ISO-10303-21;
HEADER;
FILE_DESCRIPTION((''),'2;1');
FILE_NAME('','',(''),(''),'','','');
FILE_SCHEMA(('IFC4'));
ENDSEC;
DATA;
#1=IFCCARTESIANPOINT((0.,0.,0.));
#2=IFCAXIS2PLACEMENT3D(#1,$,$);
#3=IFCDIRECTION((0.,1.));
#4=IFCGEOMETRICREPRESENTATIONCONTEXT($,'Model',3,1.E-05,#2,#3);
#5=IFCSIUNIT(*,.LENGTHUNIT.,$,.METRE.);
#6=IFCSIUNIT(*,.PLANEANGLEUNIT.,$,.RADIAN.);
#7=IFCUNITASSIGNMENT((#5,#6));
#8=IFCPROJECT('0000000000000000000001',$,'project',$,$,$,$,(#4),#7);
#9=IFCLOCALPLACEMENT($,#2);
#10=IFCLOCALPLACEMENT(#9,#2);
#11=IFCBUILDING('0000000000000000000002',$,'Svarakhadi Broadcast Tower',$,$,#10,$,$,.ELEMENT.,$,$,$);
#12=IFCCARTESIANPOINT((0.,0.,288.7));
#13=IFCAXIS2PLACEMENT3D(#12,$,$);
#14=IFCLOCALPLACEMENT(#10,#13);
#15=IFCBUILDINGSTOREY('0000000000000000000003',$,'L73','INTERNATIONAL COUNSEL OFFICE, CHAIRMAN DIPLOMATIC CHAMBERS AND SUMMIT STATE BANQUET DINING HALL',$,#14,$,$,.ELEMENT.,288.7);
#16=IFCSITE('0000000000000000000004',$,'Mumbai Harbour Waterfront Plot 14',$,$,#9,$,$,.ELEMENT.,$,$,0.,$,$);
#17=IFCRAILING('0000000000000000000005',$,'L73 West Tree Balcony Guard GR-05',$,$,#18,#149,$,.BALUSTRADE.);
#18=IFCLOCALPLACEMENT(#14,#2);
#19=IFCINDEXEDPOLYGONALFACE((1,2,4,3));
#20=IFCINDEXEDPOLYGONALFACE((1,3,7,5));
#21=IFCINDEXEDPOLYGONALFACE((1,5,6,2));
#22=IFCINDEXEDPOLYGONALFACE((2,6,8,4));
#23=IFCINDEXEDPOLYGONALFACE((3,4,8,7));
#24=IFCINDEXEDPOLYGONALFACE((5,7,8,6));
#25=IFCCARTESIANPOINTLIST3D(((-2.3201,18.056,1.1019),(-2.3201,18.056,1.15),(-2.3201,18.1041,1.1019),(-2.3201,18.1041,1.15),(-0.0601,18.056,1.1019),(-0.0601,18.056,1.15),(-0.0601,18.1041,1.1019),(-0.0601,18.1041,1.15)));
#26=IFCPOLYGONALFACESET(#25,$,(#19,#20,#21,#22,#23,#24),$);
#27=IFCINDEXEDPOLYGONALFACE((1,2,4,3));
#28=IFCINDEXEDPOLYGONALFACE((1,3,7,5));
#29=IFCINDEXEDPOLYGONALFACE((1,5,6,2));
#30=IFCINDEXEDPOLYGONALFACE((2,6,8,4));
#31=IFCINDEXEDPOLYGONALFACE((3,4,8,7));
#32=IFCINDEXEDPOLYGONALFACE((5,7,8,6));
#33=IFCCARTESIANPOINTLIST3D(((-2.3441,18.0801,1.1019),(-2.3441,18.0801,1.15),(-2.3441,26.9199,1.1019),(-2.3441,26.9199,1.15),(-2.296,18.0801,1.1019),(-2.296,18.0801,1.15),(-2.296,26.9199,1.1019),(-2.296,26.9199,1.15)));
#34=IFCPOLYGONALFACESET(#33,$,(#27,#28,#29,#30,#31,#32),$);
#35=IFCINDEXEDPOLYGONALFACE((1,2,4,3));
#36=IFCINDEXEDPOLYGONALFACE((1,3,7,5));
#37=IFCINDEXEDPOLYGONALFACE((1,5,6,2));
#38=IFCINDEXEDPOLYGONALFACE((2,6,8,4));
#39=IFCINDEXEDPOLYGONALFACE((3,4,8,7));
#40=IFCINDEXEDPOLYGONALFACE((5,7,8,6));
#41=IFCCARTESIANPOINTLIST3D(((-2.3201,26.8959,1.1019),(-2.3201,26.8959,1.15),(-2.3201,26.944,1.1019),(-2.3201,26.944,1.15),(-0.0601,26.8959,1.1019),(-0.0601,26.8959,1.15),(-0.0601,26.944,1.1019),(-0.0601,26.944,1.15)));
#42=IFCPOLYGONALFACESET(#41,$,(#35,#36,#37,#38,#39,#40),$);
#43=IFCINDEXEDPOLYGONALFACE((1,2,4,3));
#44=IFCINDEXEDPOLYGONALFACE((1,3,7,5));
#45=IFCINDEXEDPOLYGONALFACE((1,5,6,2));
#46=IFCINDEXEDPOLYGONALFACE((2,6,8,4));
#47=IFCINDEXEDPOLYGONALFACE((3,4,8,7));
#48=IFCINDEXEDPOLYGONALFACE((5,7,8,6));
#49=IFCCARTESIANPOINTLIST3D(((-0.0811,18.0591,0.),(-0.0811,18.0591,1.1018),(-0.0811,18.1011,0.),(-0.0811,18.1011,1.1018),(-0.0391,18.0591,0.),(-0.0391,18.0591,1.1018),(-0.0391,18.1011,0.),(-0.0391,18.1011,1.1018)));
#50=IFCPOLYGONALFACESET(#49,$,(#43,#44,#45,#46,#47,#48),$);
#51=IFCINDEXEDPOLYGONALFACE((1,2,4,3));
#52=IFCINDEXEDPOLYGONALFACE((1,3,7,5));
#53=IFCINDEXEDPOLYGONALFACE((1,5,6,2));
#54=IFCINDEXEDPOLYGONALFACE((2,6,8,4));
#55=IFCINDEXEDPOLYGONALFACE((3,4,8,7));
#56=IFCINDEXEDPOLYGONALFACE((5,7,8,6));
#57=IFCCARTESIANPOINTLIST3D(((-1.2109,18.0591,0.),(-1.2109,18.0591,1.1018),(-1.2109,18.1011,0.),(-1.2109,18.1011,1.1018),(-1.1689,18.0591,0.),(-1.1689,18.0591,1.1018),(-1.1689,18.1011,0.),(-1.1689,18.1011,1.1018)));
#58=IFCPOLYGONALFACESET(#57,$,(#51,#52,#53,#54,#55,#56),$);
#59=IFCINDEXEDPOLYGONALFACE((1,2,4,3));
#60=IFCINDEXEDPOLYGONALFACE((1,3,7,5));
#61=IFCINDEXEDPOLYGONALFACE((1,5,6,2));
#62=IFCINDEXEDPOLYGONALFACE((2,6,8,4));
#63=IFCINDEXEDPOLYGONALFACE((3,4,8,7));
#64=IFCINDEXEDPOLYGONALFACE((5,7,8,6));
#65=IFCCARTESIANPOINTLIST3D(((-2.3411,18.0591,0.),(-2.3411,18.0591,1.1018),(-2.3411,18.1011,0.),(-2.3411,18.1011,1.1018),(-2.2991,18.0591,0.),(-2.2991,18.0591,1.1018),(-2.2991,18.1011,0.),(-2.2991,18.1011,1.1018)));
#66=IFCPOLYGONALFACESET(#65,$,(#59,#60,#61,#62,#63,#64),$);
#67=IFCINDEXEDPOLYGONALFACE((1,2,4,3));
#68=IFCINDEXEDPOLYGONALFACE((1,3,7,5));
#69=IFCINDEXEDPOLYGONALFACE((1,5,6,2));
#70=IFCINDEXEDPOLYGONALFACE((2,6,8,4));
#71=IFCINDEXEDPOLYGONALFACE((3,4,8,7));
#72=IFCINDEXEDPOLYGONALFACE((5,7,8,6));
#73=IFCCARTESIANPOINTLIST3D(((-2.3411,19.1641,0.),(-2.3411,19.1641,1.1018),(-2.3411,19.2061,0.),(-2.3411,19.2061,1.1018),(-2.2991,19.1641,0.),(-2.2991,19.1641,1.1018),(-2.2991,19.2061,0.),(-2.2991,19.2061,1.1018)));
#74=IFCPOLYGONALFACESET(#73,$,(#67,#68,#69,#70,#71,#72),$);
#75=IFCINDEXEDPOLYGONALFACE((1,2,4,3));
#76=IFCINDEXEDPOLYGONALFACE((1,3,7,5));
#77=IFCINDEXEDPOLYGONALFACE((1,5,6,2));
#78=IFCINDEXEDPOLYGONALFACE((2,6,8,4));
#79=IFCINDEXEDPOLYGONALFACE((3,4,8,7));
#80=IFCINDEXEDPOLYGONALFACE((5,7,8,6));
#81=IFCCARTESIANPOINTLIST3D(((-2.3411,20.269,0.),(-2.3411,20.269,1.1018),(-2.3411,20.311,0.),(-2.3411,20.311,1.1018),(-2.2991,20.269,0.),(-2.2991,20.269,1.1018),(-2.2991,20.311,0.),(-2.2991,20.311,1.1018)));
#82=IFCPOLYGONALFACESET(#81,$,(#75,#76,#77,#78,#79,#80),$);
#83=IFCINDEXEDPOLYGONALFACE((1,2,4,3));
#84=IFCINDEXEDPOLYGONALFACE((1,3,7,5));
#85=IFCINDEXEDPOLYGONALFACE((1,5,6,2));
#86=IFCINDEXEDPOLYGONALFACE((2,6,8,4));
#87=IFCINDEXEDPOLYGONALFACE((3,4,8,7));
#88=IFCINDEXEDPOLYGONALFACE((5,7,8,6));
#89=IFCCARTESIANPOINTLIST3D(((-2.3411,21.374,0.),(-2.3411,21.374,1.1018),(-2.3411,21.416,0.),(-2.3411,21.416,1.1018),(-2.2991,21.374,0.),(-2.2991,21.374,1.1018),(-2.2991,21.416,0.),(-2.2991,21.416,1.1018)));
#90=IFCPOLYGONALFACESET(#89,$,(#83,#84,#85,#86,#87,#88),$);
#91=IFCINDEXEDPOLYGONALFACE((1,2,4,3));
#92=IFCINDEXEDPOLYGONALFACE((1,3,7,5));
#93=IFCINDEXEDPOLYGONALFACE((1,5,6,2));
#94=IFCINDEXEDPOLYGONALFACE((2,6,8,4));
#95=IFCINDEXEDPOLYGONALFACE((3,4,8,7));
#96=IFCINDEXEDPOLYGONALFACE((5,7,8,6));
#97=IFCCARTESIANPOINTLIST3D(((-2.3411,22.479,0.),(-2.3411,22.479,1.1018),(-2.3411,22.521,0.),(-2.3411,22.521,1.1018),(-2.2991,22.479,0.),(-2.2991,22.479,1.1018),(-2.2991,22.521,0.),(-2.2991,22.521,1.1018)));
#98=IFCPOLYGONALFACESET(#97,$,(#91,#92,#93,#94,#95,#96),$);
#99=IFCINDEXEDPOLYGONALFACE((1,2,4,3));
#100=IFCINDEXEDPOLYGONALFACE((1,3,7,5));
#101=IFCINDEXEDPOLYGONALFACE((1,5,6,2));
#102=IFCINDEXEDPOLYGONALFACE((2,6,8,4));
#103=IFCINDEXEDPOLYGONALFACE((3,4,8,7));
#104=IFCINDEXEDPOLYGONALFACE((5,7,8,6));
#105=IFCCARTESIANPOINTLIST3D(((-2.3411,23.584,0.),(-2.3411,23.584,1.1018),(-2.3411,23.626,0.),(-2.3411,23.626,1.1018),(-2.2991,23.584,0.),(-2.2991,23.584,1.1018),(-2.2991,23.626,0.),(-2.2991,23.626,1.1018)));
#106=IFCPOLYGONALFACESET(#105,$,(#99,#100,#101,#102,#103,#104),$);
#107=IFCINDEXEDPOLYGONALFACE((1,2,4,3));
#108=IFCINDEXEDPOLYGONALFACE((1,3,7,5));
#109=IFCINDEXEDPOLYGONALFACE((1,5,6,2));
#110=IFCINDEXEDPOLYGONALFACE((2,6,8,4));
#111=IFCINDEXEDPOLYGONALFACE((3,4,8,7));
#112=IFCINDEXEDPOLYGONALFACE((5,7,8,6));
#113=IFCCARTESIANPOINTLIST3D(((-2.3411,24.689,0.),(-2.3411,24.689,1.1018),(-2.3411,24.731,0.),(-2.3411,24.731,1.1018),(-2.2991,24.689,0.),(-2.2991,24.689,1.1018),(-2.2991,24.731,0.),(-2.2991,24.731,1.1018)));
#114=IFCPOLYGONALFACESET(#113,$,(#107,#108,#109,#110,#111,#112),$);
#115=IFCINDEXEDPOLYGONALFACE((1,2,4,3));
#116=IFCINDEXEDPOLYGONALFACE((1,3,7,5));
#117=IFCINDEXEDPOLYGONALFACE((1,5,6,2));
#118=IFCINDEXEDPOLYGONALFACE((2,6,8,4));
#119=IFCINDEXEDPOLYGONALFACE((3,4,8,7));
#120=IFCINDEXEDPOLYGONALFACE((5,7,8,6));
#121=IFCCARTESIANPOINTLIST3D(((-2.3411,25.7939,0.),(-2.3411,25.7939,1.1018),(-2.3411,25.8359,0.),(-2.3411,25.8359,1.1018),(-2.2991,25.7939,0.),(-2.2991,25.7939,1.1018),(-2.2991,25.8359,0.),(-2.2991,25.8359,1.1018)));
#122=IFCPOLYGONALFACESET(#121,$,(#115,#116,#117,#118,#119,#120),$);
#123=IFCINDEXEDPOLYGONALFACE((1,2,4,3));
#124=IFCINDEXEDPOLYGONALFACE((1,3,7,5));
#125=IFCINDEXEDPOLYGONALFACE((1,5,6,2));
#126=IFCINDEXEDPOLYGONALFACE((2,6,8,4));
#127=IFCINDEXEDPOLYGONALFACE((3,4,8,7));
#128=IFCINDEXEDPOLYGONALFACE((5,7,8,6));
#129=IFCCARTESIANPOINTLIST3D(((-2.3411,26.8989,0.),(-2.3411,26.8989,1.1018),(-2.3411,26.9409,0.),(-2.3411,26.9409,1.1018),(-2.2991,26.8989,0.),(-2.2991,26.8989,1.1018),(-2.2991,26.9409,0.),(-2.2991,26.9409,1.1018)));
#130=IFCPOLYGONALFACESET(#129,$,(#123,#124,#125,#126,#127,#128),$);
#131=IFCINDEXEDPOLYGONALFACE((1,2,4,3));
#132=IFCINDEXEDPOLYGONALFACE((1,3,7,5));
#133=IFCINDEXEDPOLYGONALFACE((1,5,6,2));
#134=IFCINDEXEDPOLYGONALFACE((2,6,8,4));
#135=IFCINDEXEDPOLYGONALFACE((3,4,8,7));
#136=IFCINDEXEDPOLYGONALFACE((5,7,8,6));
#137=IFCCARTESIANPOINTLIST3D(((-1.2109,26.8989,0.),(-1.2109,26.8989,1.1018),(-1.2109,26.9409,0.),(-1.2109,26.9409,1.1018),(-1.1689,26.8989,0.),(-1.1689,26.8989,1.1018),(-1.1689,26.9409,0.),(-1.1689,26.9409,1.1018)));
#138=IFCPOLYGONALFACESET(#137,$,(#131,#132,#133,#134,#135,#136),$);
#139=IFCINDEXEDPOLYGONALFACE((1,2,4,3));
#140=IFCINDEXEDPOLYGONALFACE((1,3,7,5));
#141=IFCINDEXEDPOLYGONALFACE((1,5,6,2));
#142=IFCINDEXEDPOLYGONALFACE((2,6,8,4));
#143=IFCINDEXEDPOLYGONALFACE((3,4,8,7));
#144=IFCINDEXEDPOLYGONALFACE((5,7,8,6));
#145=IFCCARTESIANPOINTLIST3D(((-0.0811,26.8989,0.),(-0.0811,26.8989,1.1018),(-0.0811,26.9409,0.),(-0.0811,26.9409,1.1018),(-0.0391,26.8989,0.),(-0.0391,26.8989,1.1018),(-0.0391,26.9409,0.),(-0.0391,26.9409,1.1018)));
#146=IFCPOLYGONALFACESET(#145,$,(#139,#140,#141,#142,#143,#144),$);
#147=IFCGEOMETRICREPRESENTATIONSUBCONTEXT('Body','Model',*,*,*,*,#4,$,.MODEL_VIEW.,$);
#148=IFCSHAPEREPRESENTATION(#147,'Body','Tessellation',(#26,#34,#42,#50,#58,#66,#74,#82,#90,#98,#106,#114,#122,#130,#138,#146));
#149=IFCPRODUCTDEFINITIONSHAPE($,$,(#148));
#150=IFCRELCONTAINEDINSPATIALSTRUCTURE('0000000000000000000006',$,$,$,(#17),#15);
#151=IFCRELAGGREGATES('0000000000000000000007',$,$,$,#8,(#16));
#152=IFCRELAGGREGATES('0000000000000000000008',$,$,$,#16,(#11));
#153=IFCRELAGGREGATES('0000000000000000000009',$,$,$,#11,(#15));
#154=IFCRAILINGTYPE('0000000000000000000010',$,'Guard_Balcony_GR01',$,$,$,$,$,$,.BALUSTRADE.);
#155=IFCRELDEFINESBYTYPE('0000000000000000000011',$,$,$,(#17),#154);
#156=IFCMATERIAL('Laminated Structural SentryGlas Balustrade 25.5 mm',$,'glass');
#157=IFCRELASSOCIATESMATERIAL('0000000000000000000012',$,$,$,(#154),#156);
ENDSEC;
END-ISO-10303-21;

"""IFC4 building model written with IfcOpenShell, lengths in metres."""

from ifc_helpers import new_model, si_unit, direction, frame, origin, origin_2d, place, context, subcontext, project, spatial, rectangle, extrude, material, type_object, element, save


model = new_model("IFC4")

# Units and contexts
model_context = context("Model", 3, precision=1e-05, world=origin(), true_north=direction((0.0, 1.0)))
body_context = subcontext(model_context, "Body", "Model", "MODEL_VIEW")
ifc_project = project(units=[si_unit("LENGTHUNIT", "METRE"), si_unit("PLANEANGLEUNIT", "RADIAN")], contexts=[model_context])

# Site, building, storey
site_placement = place(None, origin())
site = spatial("IfcSite", under=ifc_project, at=site_placement, Name="Mumbai Harbour Waterfront Plot 14", CompositionType="ELEMENT", RefElevation=0.0)
building_placement = place(site_placement, origin())
building = spatial("IfcBuilding", under=site, at=building_placement, Name="Svarakhadi Broadcast Tower", CompositionType="ELEMENT")
storey_placement = place(building_placement, frame((0.0, 0.0, 288.7)))
storey = spatial("IfcBuildingStorey", under=building, at=storey_placement, Name="L73", Description="INTERNATIONAL COUNSEL OFFICE, CHAIRMAN DIPLOMATIC CHAMBERS AND SUMMIT STATE BANQUET DINING HALL", CompositionType="ELEMENT", Elevation=288.7)

# Railing
ifc_material_1 = material(Name="Laminated Structural SentryGlas Balustrade 25.5 mm", Category="glass")
railing_type = type_object("IfcRailingType", Name="Guard_Balcony_GR01", PredefinedType="BALUSTRADE", material=ifc_material_1)
railing_placement = place(storey_placement, frame((-0.0601, 18.0801, 0.0)))
element("IfcRailing", 1, at=railing_placement, inside=storey, type_object=railing_type, Name="L73 West Tree Balcony Guard GR-05", PredefinedType="BALUSTRADE", context=body_context, shape_type="SweptSolid", body=[
    extrude(rectangle(XDim=0.0481, YDim=0.0481, at=origin_2d()), frame((0.0, 0.0, 1.126), z_axis=(-1.0, 0.0, 0.0), x_axis=(0.0, -1.0, 0.0)), (0.0, 0.0, 1.0), 2.26),
    extrude(rectangle(XDim=0.0481, YDim=0.0481, at=origin_2d()), frame((-2.26, 0.0, 1.126), z_axis=(0.0, 1.0, 0.0), x_axis=(-1.0, 0.0, 0.0)), (0.0, 0.0, 1.0), 8.8398),
    extrude(rectangle(XDim=0.0481, YDim=0.0481, at=origin_2d()), frame((-2.26, 8.8398, 1.126), z_axis=(1.0, 0.0, 0.0), x_axis=(0.0, 1.0, 0.0)), (0.0, 0.0, 1.0), 2.26),
    extrude(rectangle(XDim=0.042, YDim=0.042, at=origin_2d()), origin(), (0.0, 0.0, 1.0), 1.1018),
    extrude(rectangle(XDim=0.042, YDim=0.042, at=origin_2d()), frame((-1.1299, 0.0, 0.0)), (0.0, 0.0, 1.0), 1.1018),
    extrude(rectangle(XDim=0.042, YDim=0.042, at=origin_2d()), frame((-2.26, 0.0, 0.0)), (0.0, 0.0, 1.0), 1.1018),
    extrude(rectangle(XDim=0.042, YDim=0.042, at=origin_2d()), frame((-2.26, 1.105, 0.0)), (0.0, 0.0, 1.0), 1.1018),
    extrude(rectangle(XDim=0.042, YDim=0.042, at=origin_2d()), frame((-2.26, 2.21, 0.0)), (0.0, 0.0, 1.0), 1.1018),
    extrude(rectangle(XDim=0.042, YDim=0.042, at=origin_2d()), frame((-2.26, 3.3149, 0.0)), (0.0, 0.0, 1.0), 1.1018),
    extrude(rectangle(XDim=0.042, YDim=0.042, at=origin_2d()), frame((-2.26, 4.4199, 0.0)), (0.0, 0.0, 1.0), 1.1018),
    extrude(rectangle(XDim=0.042, YDim=0.042, at=origin_2d()), frame((-2.26, 5.5249, 0.0)), (0.0, 0.0, 1.0), 1.1018),
    extrude(rectangle(XDim=0.042, YDim=0.042, at=origin_2d()), frame((-2.26, 6.6299, 0.0)), (0.0, 0.0, 1.0), 1.1018),
    extrude(rectangle(XDim=0.042, YDim=0.042, at=origin_2d()), frame((-2.26, 7.7349, 0.0)), (0.0, 0.0, 1.0), 1.1018),
    extrude(rectangle(XDim=0.042, YDim=0.042, at=origin_2d()), frame((-2.26, 8.8398, 0.0)), (0.0, 0.0, 1.0), 1.1018),
    extrude(rectangle(XDim=0.042, YDim=0.042, at=origin_2d()), frame((-1.1299, 8.8398, 0.0)), (0.0, 0.0, 1.0), 1.1018),
    extrude(rectangle(XDim=0.042, YDim=0.042, at=origin_2d()), frame((0.0, 8.8398, 0.0)), (0.0, 0.0, 1.0), 1.1018),
])

save(model, "model.ifc")
